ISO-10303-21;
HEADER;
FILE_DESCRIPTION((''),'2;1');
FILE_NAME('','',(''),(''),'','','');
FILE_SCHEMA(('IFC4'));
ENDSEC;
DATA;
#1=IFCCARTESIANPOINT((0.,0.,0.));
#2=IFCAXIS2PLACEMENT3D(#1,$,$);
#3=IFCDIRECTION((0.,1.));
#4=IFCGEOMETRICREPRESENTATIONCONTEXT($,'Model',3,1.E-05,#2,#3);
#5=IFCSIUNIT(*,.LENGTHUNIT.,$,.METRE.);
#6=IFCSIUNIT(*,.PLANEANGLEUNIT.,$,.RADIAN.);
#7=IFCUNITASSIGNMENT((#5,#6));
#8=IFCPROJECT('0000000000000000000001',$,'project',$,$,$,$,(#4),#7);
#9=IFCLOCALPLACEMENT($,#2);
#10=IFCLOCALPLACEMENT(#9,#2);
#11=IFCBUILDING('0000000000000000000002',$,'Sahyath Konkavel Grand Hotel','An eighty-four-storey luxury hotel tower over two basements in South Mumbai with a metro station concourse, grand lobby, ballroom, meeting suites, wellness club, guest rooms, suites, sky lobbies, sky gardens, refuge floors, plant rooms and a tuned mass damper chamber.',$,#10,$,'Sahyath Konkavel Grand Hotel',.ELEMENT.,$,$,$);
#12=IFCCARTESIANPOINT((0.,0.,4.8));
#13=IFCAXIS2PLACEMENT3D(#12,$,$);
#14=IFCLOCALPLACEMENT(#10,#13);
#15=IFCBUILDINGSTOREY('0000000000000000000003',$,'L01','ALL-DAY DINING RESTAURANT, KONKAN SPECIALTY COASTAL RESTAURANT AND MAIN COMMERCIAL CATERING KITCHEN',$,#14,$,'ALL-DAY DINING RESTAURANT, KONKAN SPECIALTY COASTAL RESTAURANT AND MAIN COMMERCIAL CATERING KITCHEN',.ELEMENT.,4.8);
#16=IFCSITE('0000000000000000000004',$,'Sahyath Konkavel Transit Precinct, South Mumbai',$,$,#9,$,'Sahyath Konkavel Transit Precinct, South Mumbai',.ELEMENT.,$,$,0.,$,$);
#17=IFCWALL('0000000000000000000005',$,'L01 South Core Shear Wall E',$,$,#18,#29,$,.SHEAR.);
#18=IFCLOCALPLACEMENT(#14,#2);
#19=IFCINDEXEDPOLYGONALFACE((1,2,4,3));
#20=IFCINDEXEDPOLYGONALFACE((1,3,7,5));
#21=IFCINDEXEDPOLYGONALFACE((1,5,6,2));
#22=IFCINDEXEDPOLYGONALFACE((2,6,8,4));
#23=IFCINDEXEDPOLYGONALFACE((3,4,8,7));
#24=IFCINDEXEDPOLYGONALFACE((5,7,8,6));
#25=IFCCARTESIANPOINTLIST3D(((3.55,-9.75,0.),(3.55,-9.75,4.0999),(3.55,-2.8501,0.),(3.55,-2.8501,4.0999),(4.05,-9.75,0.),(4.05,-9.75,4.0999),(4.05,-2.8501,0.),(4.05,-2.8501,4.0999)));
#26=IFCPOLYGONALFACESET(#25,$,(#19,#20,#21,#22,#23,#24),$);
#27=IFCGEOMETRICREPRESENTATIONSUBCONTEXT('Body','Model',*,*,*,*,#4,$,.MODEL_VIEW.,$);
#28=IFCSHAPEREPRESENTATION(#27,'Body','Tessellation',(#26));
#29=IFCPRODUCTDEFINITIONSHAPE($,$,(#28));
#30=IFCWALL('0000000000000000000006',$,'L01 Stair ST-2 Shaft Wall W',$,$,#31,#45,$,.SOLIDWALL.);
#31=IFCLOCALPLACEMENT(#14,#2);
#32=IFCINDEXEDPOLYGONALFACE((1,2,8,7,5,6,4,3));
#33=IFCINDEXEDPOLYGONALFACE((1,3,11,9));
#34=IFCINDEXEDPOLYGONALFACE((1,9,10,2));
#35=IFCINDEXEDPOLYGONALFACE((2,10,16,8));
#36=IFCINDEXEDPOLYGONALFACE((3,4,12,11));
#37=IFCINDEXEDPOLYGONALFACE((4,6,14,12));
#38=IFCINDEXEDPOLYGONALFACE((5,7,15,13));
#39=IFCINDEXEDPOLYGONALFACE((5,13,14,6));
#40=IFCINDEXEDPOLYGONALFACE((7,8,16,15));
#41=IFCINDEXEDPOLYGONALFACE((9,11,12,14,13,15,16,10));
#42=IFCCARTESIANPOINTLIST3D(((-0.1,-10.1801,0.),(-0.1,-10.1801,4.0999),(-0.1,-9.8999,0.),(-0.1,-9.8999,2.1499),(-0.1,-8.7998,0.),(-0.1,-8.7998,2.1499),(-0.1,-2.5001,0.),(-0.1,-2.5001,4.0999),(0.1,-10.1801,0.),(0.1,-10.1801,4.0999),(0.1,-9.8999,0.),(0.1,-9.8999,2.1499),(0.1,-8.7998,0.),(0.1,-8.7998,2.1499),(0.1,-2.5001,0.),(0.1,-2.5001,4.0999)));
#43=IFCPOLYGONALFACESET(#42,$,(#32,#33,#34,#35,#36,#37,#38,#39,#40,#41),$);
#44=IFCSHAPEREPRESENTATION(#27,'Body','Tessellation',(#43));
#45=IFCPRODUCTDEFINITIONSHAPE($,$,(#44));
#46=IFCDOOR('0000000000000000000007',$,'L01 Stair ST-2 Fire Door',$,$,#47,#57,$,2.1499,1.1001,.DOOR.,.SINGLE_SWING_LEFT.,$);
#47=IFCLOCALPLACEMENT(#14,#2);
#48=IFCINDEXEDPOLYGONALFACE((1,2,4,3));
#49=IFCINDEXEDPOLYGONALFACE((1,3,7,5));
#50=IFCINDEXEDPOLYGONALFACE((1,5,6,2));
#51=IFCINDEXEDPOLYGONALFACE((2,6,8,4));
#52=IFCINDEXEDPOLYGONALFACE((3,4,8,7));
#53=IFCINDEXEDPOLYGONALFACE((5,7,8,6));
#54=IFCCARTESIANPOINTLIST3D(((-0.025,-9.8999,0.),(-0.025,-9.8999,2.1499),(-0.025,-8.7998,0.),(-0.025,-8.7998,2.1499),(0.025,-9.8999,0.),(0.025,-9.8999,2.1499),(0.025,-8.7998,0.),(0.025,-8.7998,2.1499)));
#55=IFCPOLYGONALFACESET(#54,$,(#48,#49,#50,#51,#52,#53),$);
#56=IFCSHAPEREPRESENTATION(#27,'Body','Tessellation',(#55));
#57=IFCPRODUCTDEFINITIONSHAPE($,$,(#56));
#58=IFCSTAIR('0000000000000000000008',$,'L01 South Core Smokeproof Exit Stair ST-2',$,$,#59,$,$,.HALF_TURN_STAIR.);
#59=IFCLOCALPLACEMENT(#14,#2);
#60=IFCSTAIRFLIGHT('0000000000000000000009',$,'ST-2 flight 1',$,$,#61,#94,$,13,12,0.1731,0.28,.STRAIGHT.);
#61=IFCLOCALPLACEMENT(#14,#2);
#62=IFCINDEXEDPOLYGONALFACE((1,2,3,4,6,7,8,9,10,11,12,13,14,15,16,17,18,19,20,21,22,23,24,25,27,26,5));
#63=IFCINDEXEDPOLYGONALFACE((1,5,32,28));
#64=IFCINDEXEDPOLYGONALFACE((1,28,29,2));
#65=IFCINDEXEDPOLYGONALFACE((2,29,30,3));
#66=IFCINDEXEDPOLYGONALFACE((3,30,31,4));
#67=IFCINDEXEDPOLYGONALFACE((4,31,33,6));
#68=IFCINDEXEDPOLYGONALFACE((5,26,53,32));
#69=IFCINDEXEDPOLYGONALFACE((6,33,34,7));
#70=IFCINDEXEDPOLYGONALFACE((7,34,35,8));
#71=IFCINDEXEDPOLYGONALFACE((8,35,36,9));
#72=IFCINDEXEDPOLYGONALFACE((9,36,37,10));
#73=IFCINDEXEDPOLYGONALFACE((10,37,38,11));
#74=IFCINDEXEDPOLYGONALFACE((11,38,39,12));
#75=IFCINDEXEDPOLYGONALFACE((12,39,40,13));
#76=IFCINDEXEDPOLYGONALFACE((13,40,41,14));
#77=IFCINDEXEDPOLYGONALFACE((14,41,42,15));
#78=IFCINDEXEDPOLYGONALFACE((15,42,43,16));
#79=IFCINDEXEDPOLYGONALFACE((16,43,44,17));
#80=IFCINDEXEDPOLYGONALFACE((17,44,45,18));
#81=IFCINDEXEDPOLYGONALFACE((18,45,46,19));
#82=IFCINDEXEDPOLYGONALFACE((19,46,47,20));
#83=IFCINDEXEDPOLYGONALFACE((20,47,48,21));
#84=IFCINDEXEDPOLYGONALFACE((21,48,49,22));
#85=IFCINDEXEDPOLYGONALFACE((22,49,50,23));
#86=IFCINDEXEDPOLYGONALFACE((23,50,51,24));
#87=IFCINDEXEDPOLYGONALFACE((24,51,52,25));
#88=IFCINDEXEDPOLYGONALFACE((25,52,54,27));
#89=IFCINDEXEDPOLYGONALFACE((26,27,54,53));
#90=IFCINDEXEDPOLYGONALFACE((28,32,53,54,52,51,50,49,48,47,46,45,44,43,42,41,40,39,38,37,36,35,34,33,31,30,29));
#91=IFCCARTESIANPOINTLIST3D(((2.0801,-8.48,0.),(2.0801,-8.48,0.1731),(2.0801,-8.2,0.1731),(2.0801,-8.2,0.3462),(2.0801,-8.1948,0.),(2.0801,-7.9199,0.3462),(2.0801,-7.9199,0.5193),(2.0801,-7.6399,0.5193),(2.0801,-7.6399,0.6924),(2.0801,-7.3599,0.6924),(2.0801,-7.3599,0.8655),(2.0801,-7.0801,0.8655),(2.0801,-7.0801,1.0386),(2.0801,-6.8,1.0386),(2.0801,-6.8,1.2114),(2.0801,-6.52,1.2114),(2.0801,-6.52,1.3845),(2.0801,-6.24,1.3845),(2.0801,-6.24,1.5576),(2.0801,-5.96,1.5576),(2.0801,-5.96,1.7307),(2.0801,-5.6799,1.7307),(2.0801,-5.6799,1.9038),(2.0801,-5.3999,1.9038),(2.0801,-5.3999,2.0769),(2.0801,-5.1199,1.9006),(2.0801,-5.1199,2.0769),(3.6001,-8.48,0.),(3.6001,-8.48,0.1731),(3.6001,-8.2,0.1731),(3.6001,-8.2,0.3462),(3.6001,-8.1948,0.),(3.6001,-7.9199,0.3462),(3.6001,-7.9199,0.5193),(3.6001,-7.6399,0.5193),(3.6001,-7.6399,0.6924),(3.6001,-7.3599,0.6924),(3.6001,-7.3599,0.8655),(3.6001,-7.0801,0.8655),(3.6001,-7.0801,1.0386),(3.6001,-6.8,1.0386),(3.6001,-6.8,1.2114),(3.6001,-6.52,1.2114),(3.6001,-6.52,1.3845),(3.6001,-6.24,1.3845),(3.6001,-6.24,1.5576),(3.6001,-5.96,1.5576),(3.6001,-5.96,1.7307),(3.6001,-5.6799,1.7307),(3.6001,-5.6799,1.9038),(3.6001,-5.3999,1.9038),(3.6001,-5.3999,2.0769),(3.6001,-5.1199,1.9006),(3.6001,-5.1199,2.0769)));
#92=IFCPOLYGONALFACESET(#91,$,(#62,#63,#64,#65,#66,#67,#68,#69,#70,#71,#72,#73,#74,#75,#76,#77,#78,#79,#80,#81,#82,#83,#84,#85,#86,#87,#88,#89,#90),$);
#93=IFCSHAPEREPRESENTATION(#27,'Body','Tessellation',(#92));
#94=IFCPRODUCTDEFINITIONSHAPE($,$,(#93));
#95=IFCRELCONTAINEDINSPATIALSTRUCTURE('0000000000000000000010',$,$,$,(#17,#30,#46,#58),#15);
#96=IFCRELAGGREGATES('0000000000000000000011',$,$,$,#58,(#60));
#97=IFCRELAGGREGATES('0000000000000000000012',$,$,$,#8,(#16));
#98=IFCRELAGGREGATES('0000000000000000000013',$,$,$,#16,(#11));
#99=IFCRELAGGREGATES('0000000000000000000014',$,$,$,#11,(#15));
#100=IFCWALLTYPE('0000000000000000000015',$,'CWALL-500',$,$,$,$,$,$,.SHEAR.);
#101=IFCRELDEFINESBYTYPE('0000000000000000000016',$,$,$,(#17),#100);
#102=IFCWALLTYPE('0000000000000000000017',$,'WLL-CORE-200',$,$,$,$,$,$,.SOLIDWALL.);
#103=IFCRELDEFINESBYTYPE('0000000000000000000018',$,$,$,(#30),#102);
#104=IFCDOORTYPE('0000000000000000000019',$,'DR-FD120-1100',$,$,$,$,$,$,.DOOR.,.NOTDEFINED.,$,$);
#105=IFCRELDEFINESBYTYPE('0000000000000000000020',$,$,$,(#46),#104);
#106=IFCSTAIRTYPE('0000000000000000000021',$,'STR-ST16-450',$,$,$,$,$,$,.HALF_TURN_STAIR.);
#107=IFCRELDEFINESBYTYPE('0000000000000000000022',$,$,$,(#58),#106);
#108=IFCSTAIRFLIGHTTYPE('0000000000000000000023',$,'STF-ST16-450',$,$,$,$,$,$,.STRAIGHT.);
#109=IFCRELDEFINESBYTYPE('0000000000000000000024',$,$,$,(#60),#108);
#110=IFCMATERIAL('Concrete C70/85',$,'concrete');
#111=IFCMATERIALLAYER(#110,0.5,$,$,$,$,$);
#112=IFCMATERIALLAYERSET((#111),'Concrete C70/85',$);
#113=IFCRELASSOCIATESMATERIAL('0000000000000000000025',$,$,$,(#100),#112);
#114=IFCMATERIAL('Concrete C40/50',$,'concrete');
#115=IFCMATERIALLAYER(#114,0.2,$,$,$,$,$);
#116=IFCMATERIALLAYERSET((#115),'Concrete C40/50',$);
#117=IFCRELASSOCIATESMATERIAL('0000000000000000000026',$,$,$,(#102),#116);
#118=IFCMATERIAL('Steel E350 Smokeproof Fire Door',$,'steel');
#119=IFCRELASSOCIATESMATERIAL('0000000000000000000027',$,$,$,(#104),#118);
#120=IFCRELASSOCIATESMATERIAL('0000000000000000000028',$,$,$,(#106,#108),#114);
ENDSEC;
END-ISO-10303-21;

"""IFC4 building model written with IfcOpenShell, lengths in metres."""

from ifc_helpers import new_model, si_unit, direction, frame, frame_2d, origin, origin_2d, place, context, subcontext, project, spatial, polyline, rectangle, outline, extrude, source, transform, mapped, material, layer, layer_set, type_object, element, fill, aggregate, save


model = new_model("IFC4")

# Units and contexts
model_context = context("Model", 3, precision=1e-05, world=origin(), true_north=direction((0.0, 1.0)))
body_context = subcontext(model_context, "Body", "Model", "MODEL_VIEW")
ifc_project = project(units=[si_unit("LENGTHUNIT", "METRE"), si_unit("PLANEANGLEUNIT", "RADIAN")], contexts=[model_context])

# Site, building, storey
site_placement = place(None, origin())
site = spatial("IfcSite", under=ifc_project, at=site_placement, Name="Sahyath Konkavel Transit Precinct, South Mumbai", LongName="Sahyath Konkavel Transit Precinct, South Mumbai", CompositionType="ELEMENT", RefElevation=0.0)
building_placement = place(site_placement, origin())
building = spatial("IfcBuilding", under=site, at=building_placement, Name="Sahyath Konkavel Grand Hotel", Description="An eighty-four-storey luxury hotel tower over two basements in South Mumbai with a metro station concourse, grand lobby, ballroom, meeting suites, wellness club, guest rooms, suites, sky lobbies, sky gardens, refuge floors, plant rooms and a tuned mass damper chamber.", LongName="Sahyath Konkavel Grand Hotel", CompositionType="ELEMENT")
storey_placement = place(building_placement, frame((0.0, 0.0, 4.8)))
storey = spatial("IfcBuildingStorey", under=building, at=storey_placement, Name="L01", Description="ALL-DAY DINING RESTAURANT, KONKAN SPECIALTY COASTAL RESTAURANT AND MAIN COMMERCIAL CATERING KITCHEN", LongName="ALL-DAY DINING RESTAURANT, KONKAN SPECIALTY COASTAL RESTAURANT AND MAIN COMMERCIAL CATERING KITCHEN", CompositionType="ELEMENT", Elevation=4.8)

# Shared definitions
ifc_material_1 = material(Name="Concrete C70/85", Category="concrete")

# Wall
ifc_layer_1 = layer(ifc_material_1, 0.5)
ifc_layer_set_1 = layer_set([ifc_layer_1], Name="Concrete C70/85")
wall_type_1 = type_object("IfcWallType", Name="CWALL-500", PredefinedType="SHEAR", material=ifc_layer_set_1)
wall_1_placement = place(storey_placement, frame((3.8, -9.75, 0.0), z_axis=(0.0, 0.0, 1.0), x_axis=(0.0, 1.0, 0.0)))
element("IfcWall", 1, at=wall_1_placement, inside=storey, type_object=wall_type_1, Name="L01 South Core Shear Wall E", PredefinedType="SHEAR", context=body_context, shape_type="SweptSolid", body=[
    extrude(rectangle(XDim=6.8999, YDim=0.5, at=frame_2d((3.45, 0.0))), origin(), (0.0, 0.0, 1.0), 4.0999),
])

# Wall, opening, door
ifc_material_2 = material(Name="Concrete C40/50", Category="concrete")
ifc_layer_2 = layer(ifc_material_2, 0.2)
ifc_layer_set_2 = layer_set([ifc_layer_2], Name="Concrete C40/50")
wall_type_2 = type_object("IfcWallType", Name="WLL-CORE-200", PredefinedType="SOLIDWALL", material=ifc_layer_set_2)
wall_2_placement = place(storey_placement, frame((0.0, -10.1799, 0.0), z_axis=(0.0, 0.0, 1.0), x_axis=(0.0, 1.0, 0.0)))
wall_2 = element("IfcWall", 2, at=wall_2_placement, inside=storey, type_object=wall_type_2, Name="L01 Stair ST-2 Shaft Wall W", PredefinedType="SOLIDWALL", context=body_context, shape_type="SweptSolid", body=[
    extrude(rectangle(XDim=7.6799, YDim=0.2, at=frame_2d((3.8398, 0.0))), origin(), (0.0, 0.0, 1.0), 4.0999),
])
opening_placement = place(wall_2_placement, frame((0.28, 0.0, 0.0)))
opening = element("IfcOpeningElement", 3, at=opening_placement, cuts=wall_2, PredefinedType="OPENING", context=body_context, shape_type="SweptSolid", body=[
    extrude(rectangle(XDim=1.1001, YDim=2.1499, at=frame_2d((0.55, 1.075))), frame((0.0, 0.1099, 0.0), z_axis=(0.0, -1.0, 0.0), x_axis=(1.0, 0.0, 0.0)), (0.0, 0.0, 1.0), 0.22),
])
ifc_material_3 = material(Name="Steel E350 Smokeproof Fire Door", Category="steel")
door_type = type_object("IfcDoorType", Name="DR-FD120-1100", OperationType="NOTDEFINED", PredefinedType="DOOR", material=ifc_material_3)
shared_shape_1 = source(origin(), body_context, "Body", "SweptSolid", [
    extrude(rectangle(XDim=1.1001, YDim=0.05, at=origin_2d()), origin(), (0.0, 0.0, 1.0), 2.1499),
])
door_placement = place(opening_placement, frame((0.55, 0.0, 0.0)))
door = element("IfcDoor", 4, at=door_placement, inside=storey, type_object=door_type, Name="L01 Stair ST-2 Fire Door", OperationType="SINGLE_SWING_LEFT", OverallHeight=2.1499, OverallWidth=1.1001, PredefinedType="DOOR", context=body_context, shape_type="MappedRepresentation", body=[
    mapped(shared_shape_1, transform((0.0, 0.0, 0.0), scale=1.0)),
])
fill(opening, door)

# Stair, stair flight
stair_type = type_object("IfcStairType", Name="STR-ST16-450", PredefinedType="HALF_TURN_STAIR", material=ifc_material_2)
stair_placement = place(storey_placement, origin())
stair = element("IfcStair", 5, at=stair_placement, inside=storey, type_object=stair_type, Name="L01 South Core Smokeproof Exit Stair ST-2", PredefinedType="HALF_TURN_STAIR")
stair_flight_type = type_object("IfcStairFlightType", Name="STF-ST16-450", PredefinedType="STRAIGHT", material=ifc_material_2)
stair_flight_placement = place(storey_placement, frame((2.8401, -8.48, 0.0), z_axis=(0.0, 0.0, 1.0), x_axis=(0.0, 1.0, 0.0)))
stair_flight = element("IfcStairFlight", 6, at=stair_flight_placement, type_object=stair_flight_type, Name="ST-2 flight 1", NumberOfRisers=13, NumberOfTreads=12, PredefinedType="STRAIGHT", RiserHeight=0.1731, TreadLength=0.28, context=body_context, shape_type="SweptSolid", body=[
    extrude(outline(polyline([(0.0, 0.0), (0.0, 0.1731), (0.28, 0.1731), (0.28, 0.3462), (0.5601, 0.3462), (0.5601, 0.5193), (0.8401, 0.5193), (0.8401, 0.6924), (1.1201, 0.6924), (1.1201, 0.8655), (1.3999, 0.8655), (1.3999, 1.0386), (1.6799, 1.0386), (1.6799, 1.2114), (1.96, 1.2114), (1.96, 1.3845), (2.24, 1.3845), (2.24, 1.5576), (2.52, 1.5576), (2.52, 1.7307), (2.8, 1.7307), (2.8, 1.9038), (3.0801, 1.9038), (3.0801, 2.0769), (3.3601, 2.0769), (3.3601, 2.25), (3.3601, 1.9006), (0.2852, 0.0), (0.0, 0.0)])), frame((0.0, 0.76, 0.0), z_axis=(0.0, -1.0, 0.0), x_axis=(1.0, 0.0, 0.0)), (0.0, 0.0, 1.0), 1.52),
])
aggregate(stair, [stair_flight])

save(model, "model.ifc")
